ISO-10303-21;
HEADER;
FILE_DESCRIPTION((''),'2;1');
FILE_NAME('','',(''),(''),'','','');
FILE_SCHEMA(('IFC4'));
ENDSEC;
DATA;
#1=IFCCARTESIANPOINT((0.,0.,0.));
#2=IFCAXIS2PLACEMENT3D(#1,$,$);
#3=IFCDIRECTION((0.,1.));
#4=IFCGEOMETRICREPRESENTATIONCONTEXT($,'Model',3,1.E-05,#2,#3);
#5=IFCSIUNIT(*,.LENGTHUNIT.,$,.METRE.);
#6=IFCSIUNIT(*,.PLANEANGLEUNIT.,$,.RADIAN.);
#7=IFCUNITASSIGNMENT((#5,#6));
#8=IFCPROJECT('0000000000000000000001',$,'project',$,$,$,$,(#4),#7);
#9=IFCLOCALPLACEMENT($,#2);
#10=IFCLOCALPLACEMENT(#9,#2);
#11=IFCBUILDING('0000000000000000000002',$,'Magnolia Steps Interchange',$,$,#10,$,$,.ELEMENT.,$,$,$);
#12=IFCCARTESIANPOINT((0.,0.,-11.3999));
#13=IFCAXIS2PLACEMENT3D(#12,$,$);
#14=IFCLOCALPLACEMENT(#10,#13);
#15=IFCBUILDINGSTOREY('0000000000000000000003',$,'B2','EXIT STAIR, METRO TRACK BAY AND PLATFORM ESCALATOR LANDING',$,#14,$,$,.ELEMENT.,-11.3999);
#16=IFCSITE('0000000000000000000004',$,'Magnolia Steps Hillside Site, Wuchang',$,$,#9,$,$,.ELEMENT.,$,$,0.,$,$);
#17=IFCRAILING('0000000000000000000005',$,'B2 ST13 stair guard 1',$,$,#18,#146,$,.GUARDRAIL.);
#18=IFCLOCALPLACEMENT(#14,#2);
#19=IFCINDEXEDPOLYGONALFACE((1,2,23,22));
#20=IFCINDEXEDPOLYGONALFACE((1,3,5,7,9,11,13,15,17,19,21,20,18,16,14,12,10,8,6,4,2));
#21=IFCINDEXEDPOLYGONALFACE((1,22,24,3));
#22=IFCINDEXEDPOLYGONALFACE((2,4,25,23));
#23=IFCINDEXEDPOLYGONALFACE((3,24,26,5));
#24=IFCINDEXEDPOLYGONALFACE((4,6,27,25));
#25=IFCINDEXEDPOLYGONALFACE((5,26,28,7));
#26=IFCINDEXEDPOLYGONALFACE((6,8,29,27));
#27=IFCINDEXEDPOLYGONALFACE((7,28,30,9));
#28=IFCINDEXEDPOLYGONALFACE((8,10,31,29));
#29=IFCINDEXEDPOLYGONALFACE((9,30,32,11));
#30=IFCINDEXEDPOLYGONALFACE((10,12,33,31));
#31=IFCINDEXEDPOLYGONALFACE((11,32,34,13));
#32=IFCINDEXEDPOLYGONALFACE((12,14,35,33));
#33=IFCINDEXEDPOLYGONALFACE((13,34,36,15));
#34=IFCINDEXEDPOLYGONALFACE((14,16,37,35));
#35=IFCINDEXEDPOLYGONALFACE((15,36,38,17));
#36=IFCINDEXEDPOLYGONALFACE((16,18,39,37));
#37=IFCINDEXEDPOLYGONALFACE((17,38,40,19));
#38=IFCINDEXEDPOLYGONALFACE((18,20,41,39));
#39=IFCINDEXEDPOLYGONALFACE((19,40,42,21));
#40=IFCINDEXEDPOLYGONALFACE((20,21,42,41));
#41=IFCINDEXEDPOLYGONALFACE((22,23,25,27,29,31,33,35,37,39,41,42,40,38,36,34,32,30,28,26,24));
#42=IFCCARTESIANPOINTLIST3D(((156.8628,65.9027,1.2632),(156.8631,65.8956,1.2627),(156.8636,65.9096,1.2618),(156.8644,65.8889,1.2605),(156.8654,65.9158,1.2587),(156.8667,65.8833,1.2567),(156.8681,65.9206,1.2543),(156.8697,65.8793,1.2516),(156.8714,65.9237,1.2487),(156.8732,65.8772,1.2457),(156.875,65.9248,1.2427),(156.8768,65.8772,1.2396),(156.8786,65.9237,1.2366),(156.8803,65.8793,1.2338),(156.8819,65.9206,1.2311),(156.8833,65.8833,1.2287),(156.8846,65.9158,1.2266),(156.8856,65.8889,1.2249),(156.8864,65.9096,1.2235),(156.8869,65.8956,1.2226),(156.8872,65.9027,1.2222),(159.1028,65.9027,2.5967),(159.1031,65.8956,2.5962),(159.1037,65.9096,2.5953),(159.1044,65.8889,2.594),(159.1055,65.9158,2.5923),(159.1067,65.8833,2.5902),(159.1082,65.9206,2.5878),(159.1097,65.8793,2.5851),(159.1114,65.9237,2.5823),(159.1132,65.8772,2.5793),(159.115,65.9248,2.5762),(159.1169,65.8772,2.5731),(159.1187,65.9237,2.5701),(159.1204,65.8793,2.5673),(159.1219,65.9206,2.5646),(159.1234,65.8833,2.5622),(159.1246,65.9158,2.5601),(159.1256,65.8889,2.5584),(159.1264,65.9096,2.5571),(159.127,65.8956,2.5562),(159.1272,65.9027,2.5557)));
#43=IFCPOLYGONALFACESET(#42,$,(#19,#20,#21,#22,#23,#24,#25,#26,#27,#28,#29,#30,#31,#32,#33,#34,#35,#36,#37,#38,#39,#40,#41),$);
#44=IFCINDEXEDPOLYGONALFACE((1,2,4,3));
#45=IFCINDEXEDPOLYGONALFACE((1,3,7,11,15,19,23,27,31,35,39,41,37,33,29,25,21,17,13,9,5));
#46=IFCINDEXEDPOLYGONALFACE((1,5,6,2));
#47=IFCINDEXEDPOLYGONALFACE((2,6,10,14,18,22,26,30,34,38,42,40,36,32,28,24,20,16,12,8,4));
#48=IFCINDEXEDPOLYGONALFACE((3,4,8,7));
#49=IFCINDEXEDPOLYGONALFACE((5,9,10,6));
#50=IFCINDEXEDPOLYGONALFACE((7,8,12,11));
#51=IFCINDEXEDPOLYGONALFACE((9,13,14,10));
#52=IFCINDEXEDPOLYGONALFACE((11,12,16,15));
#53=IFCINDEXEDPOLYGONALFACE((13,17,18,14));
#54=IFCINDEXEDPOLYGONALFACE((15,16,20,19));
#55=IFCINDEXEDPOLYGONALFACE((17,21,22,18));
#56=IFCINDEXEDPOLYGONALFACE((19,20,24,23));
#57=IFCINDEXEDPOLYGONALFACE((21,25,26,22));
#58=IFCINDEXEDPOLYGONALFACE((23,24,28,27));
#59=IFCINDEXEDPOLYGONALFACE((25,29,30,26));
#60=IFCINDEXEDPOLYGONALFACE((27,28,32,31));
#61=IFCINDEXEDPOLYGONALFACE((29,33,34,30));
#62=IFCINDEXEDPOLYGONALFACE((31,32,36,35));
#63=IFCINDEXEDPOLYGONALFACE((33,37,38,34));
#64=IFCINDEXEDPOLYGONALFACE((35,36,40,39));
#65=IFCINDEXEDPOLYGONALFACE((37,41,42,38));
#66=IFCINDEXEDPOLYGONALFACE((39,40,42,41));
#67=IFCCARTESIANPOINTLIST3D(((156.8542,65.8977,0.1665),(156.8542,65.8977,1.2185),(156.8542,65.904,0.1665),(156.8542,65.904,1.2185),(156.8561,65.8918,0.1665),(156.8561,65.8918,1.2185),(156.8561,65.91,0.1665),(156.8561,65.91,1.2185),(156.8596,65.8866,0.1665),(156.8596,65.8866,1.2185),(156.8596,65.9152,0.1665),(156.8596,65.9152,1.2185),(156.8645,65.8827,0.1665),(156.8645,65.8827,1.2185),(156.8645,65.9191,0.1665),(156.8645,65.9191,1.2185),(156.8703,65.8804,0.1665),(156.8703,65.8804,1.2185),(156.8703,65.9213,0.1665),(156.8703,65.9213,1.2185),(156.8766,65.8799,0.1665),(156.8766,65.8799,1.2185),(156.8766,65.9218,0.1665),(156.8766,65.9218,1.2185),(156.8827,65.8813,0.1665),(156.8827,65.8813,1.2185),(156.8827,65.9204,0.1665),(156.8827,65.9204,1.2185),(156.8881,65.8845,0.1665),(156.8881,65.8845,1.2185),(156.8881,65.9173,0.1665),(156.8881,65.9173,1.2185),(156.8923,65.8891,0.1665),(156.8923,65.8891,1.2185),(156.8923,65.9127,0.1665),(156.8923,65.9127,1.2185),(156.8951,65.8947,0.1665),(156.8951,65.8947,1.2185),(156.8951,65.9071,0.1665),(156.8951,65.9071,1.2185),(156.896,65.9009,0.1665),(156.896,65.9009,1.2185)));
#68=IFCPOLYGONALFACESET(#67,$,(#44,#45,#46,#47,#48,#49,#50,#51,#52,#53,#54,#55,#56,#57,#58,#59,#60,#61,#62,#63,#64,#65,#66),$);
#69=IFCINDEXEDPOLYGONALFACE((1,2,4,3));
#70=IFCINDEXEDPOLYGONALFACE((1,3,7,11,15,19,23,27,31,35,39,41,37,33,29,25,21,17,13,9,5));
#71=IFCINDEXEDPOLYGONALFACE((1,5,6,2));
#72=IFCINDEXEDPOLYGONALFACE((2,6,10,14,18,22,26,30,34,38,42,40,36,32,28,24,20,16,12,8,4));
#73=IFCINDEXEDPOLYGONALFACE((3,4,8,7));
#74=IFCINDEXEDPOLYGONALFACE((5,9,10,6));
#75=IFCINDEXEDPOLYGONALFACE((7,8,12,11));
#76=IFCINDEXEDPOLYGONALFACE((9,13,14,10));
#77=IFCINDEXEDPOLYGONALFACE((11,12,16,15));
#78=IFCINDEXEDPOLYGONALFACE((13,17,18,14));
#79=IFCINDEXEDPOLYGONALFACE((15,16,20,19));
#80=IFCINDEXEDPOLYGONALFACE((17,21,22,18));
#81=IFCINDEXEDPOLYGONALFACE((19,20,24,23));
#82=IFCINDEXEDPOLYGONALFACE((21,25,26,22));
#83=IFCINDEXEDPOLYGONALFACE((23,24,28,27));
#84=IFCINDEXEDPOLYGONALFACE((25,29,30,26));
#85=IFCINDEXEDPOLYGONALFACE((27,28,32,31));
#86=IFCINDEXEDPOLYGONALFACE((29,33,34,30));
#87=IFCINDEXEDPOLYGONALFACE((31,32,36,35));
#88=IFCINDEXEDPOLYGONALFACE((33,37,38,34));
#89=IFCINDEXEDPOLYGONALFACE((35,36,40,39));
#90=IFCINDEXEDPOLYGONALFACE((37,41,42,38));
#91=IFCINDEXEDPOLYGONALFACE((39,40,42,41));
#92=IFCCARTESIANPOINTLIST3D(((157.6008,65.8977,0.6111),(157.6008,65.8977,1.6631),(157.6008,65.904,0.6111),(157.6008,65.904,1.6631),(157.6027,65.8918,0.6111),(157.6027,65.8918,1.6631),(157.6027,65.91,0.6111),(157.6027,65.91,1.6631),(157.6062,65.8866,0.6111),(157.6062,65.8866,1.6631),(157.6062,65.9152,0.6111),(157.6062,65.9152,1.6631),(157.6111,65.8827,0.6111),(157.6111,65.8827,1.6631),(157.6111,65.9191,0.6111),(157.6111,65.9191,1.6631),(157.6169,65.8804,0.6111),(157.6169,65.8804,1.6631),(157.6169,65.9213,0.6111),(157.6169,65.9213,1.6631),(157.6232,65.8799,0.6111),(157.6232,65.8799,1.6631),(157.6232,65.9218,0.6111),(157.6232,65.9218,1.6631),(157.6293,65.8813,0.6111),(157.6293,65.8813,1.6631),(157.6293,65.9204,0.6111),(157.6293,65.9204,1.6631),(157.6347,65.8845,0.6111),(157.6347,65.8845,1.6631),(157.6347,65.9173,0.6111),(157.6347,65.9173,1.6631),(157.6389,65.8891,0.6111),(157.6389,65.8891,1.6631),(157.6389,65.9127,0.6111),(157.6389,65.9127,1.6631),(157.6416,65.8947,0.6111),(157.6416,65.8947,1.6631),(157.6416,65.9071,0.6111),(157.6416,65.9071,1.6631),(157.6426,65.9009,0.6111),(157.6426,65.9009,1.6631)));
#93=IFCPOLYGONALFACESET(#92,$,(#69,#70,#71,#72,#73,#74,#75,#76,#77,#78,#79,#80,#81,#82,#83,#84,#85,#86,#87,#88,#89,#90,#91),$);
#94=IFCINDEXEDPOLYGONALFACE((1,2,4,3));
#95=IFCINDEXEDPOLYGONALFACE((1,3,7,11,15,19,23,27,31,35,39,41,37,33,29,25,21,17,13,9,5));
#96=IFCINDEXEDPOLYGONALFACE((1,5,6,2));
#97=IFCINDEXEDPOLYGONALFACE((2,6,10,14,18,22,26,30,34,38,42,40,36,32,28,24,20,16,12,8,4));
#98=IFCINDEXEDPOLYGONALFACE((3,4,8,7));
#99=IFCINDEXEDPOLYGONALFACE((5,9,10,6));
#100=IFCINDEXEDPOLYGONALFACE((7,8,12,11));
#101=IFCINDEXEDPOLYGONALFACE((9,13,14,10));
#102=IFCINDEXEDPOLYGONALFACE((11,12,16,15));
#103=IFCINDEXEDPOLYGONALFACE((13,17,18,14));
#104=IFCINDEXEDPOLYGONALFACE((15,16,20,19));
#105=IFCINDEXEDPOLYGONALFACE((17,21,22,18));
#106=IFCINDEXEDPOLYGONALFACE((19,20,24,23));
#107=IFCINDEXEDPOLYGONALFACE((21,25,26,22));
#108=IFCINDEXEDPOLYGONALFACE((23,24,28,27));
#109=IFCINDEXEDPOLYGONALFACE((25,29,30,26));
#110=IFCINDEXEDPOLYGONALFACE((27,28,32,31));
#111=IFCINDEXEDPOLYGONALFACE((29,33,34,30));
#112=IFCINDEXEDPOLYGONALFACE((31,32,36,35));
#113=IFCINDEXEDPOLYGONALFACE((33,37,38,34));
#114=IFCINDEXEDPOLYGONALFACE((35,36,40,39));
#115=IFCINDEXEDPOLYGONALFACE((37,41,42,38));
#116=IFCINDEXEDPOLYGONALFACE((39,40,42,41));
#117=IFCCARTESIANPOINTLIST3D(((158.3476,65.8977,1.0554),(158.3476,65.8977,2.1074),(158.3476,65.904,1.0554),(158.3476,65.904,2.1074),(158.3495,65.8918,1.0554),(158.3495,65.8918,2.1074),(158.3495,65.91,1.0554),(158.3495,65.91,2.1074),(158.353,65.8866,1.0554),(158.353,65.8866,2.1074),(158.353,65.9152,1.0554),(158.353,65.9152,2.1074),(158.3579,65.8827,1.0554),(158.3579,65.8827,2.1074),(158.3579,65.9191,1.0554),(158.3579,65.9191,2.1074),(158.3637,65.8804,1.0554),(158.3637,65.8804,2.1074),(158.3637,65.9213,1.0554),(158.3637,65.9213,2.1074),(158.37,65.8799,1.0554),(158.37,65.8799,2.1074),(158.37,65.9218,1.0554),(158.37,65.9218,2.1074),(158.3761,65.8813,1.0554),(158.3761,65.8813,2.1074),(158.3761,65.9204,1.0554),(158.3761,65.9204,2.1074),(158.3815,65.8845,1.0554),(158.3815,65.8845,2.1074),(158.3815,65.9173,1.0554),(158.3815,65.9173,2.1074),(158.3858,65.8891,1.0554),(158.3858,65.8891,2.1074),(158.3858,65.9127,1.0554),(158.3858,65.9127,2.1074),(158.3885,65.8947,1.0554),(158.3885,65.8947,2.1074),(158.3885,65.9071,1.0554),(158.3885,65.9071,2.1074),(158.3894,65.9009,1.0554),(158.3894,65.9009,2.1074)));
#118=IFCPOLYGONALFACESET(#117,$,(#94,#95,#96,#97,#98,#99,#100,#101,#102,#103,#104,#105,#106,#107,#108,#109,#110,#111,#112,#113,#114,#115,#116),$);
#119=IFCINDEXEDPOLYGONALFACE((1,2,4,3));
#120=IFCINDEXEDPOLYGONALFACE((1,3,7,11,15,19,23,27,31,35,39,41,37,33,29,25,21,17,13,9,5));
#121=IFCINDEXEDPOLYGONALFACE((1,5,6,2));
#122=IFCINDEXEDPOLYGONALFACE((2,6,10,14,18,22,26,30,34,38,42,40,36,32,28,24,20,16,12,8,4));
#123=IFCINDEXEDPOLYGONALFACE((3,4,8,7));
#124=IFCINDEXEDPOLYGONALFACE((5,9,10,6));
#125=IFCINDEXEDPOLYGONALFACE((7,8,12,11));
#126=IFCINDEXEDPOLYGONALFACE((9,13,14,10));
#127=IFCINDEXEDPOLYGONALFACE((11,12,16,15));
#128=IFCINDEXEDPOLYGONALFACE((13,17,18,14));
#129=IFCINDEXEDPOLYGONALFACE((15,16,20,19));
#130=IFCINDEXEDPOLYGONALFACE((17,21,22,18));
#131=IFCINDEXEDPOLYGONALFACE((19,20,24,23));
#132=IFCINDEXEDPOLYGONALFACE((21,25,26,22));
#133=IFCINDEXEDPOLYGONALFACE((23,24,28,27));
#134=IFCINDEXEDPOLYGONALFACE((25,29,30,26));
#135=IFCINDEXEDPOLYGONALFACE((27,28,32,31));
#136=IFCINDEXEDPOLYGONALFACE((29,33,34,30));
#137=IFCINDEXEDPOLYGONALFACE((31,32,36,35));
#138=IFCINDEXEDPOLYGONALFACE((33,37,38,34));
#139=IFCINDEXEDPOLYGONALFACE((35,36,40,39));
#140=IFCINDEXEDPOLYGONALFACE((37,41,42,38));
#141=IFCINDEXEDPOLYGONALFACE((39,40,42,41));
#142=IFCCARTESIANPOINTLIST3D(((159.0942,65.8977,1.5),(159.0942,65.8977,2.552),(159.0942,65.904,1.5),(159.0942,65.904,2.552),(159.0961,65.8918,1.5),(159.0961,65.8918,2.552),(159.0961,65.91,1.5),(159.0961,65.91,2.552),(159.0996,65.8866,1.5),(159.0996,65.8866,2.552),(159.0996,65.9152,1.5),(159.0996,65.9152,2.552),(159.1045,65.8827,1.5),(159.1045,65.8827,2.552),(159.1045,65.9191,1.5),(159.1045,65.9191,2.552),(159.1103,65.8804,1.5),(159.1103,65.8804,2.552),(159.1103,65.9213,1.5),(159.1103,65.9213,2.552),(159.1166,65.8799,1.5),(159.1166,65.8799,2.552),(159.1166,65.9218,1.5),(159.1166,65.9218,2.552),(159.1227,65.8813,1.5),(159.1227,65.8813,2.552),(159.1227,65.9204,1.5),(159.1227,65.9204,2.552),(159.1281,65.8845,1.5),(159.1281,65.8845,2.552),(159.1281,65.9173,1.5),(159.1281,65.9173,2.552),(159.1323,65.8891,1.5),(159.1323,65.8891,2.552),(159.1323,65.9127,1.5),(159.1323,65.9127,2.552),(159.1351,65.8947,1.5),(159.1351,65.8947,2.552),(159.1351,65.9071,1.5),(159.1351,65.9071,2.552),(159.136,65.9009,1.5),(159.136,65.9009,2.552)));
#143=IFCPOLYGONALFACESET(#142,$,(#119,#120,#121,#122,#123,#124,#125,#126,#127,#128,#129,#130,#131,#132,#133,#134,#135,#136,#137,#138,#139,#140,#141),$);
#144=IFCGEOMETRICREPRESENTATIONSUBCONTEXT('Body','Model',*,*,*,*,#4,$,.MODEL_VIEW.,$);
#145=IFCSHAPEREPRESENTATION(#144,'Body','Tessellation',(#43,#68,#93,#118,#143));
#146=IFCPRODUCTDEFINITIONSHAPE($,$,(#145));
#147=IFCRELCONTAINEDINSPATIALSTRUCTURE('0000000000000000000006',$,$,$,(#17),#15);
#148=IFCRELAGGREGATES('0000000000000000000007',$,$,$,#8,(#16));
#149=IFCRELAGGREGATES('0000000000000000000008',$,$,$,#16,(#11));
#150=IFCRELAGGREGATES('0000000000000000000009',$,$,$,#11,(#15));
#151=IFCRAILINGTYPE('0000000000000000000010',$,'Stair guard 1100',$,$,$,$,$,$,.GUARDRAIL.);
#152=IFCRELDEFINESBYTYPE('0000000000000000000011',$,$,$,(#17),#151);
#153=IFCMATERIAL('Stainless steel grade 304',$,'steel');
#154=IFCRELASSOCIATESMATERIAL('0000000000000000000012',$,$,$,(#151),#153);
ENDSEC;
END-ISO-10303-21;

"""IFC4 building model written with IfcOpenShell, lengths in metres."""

from ifc_helpers import new_model, si_unit, direction, frame, origin, origin_2d, place, context, subcontext, project, spatial, circle, extrude, material, type_object, element, save


model = new_model("IFC4")

# Units and contexts
model_context = context("Model", 3, precision=1e-05, world=origin(), true_north=direction((0.0, 1.0)))
body_context = subcontext(model_context, "Body", "Model", "MODEL_VIEW")
ifc_project = project(units=[si_unit("LENGTHUNIT", "METRE"), si_unit("PLANEANGLEUNIT", "RADIAN")], contexts=[model_context])

# Site, building, storey
site_placement = place(None, origin())
site = spatial("IfcSite", under=ifc_project, at=site_placement, Name="Magnolia Steps Hillside Site, Wuchang", CompositionType="ELEMENT", RefElevation=0.0)
building_placement = place(site_placement, origin())
building = spatial("IfcBuilding", under=site, at=building_placement, Name="Magnolia Steps Interchange", CompositionType="ELEMENT")
storey_placement = place(building_placement, frame((0.0, 0.0, -11.3999)))
storey = spatial("IfcBuildingStorey", under=building, at=storey_placement, Name="B2", Description="EXIT STAIR, METRO TRACK BAY AND PLATFORM ESCALATOR LANDING", CompositionType="ELEMENT", Elevation=-11.3999)

# Railing
ifc_material_1 = material(Name="Stainless steel grade 304", Category="steel")
railing_type_1 = type_object("IfcRailingType", Name="Stair guard 1100", PredefinedType="GUARDRAIL", material=ifc_material_1)
railing_1_placement = place(storey_placement, frame((156.875, 65.9009, 0.1665)))
element("IfcRailing", 1, at=railing_1_placement, inside=storey, type_object=railing_type_1, Name="B2 ST13 stair guard 1", PredefinedType="GUARDRAIL", context=body_context, shape_type="SweptSolid", body=[
    extrude(circle(Radius=0.0239, at=origin_2d()), frame((0.0, 0.0, 1.0762), z_axis=(0.859264, 0.0, 0.511532), x_axis=(0.0, 1.0, 0.0)), (0.0, 0.0, 1.0), 2.6069),
    extrude(circle(Radius=0.021, at=origin_2d()), origin(), (0.0, 0.0, 1.0), 1.052),
    extrude(circle(Radius=0.021, at=origin_2d()), frame((0.7466, 0.0, 0.4446)), (0.0, 0.0, 1.0), 1.052),
    extrude(circle(Radius=0.021, at=origin_2d()), frame((1.4934, 0.0, 0.8889)), (0.0, 0.0, 1.0), 1.052),
    extrude(circle(Radius=0.021, at=origin_2d()), frame((2.24, 0.0, 1.3335)), (0.0, 0.0, 1.0), 1.052),
])

save(model, "model.ifc")
